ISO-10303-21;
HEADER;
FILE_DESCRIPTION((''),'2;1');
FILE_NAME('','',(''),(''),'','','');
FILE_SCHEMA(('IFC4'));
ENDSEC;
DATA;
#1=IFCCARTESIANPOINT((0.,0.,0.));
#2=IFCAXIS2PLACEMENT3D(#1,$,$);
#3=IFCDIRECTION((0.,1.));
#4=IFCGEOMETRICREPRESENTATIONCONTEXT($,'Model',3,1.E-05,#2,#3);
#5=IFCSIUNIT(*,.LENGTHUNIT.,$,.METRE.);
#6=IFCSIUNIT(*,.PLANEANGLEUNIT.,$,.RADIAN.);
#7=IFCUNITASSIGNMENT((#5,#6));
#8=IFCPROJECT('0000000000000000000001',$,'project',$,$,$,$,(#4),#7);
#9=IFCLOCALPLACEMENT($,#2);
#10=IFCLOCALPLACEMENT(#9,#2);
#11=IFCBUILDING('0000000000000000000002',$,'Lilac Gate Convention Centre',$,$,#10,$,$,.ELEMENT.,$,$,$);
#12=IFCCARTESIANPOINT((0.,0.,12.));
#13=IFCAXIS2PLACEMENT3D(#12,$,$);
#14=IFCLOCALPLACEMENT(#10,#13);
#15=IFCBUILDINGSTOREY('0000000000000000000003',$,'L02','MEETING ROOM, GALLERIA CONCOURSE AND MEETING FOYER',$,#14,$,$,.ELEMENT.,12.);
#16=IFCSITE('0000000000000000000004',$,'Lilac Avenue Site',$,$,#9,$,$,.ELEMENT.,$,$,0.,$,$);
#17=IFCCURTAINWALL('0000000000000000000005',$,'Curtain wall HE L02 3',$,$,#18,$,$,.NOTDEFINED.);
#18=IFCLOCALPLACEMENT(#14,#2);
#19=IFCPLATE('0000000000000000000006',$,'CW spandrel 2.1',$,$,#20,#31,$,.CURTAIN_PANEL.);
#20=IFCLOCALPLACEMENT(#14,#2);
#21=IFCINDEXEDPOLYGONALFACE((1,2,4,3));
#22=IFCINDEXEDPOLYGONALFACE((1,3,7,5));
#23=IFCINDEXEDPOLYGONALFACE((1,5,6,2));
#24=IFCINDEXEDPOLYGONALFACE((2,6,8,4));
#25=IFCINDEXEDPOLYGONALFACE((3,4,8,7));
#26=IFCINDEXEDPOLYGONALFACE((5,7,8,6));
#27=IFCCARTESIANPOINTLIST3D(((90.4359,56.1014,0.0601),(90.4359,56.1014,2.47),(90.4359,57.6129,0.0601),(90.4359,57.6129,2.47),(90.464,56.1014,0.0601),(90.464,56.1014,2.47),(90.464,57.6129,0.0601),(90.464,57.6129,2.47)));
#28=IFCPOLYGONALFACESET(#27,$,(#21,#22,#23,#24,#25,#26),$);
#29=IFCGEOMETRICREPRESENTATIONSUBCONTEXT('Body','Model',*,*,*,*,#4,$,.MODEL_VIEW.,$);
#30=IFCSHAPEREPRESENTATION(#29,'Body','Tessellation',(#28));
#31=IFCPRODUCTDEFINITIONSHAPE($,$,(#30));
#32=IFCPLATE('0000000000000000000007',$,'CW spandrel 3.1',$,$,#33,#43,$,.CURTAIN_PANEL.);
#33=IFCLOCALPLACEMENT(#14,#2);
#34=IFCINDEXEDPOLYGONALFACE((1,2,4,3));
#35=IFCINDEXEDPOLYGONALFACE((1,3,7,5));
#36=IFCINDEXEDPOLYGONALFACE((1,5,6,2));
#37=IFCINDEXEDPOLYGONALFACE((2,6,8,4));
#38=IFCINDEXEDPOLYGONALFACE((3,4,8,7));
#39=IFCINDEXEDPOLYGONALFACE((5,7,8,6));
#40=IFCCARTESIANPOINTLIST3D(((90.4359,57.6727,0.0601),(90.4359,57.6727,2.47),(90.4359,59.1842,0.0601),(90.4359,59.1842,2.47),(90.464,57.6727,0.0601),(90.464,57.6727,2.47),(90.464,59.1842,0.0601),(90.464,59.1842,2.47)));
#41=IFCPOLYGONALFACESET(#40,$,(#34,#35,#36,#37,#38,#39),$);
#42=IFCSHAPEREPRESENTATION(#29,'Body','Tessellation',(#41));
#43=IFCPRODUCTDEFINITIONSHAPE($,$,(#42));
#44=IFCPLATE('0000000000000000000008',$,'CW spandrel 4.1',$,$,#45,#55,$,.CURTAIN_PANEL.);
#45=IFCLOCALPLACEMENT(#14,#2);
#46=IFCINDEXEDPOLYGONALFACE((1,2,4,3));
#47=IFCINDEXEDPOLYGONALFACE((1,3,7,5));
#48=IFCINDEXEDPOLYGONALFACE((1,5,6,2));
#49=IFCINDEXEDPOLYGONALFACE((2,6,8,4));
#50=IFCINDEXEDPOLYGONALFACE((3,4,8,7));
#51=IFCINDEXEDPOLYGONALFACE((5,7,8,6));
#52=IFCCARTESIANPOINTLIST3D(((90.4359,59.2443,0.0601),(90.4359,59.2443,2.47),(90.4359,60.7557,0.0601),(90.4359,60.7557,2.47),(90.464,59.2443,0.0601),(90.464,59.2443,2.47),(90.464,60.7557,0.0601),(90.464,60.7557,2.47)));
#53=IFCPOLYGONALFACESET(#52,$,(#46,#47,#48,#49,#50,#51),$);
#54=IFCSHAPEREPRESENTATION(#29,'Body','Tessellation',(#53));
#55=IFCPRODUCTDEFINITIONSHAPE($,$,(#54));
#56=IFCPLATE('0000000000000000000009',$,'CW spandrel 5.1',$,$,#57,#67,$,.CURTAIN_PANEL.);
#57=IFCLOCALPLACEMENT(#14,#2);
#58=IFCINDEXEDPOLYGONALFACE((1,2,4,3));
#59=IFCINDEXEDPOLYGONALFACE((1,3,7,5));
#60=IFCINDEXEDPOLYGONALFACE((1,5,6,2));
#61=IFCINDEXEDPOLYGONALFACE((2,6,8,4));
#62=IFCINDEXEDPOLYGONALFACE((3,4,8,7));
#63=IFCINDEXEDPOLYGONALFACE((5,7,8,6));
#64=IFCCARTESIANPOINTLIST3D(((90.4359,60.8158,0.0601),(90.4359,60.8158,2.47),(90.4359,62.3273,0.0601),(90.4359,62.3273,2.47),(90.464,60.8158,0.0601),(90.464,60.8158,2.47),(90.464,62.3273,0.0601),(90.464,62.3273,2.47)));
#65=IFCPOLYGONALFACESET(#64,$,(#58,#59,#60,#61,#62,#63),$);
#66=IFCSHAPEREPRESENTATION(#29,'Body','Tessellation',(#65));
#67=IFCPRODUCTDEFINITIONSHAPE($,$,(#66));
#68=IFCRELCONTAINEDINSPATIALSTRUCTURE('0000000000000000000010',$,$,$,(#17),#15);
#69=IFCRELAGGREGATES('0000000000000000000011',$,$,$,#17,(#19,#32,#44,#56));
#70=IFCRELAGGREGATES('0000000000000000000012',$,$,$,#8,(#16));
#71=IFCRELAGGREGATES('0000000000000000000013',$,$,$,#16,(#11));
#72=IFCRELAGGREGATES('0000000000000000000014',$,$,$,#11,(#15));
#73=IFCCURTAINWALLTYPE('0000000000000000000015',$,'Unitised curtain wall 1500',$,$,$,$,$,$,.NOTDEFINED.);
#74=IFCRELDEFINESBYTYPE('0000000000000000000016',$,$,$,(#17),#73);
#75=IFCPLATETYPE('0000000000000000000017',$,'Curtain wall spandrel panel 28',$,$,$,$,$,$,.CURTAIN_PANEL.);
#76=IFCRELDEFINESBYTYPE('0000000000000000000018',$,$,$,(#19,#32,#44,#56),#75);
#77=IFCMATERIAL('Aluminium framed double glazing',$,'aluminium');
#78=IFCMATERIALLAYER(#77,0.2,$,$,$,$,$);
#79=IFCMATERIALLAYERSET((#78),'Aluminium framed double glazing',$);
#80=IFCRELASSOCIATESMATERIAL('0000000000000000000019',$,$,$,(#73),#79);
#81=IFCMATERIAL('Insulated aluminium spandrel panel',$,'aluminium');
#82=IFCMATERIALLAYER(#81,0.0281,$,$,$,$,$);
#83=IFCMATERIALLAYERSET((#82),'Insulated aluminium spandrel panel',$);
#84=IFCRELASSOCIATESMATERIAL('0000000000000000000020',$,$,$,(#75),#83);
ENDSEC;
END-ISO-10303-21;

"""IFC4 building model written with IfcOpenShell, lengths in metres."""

from ifc_helpers import new_model, si_unit, direction, frame, origin, origin_2d, place, context, subcontext, project, spatial, rectangle, extrude, material, layer, layer_set, type_object, element, aggregate, save


model = new_model("IFC4")

# Units and contexts
model_context = context("Model", 3, precision=1e-05, world=origin(), true_north=direction((0.0, 1.0)))
body_context = subcontext(model_context, "Body", "Model", "MODEL_VIEW")
ifc_project = project(units=[si_unit("LENGTHUNIT", "METRE"), si_unit("PLANEANGLEUNIT", "RADIAN")], contexts=[model_context])

# Site, building, storey
site_placement = place(None, origin())
site = spatial("IfcSite", under=ifc_project, at=site_placement, Name="Lilac Avenue Site", CompositionType="ELEMENT", RefElevation=0.0)
building_placement = place(site_placement, origin())
building = spatial("IfcBuilding", under=site, at=building_placement, Name="Lilac Gate Convention Centre", CompositionType="ELEMENT")
storey_placement = place(building_placement, frame((0.0, 0.0, 12.0)))
storey = spatial("IfcBuildingStorey", under=building, at=storey_placement, Name="L02", Description="MEETING ROOM, GALLERIA CONCOURSE AND MEETING FOYER", CompositionType="ELEMENT", Elevation=12.0)

# Shared definitions
ifc_material_1 = material(Name="Aluminium framed double glazing", Category="aluminium")
ifc_layer_1 = layer(ifc_material_1, 0.2)
ifc_layer_set_1 = layer_set([ifc_layer_1], Name="Aluminium framed double glazing")
curtain_wall_type = type_object("IfcCurtainWallType", Name="Unitised curtain wall 1500", PredefinedType="NOTDEFINED", material=ifc_layer_set_1)

# Curtain wall
curtain_wall_1_placement = place(storey_placement, origin())
curtain_wall_1 = element("IfcCurtainWall", 1, at=curtain_wall_1_placement, inside=storey, type_object=curtain_wall_type, Name="Curtain wall HE L02 3", PredefinedType="NOTDEFINED")

# Plates
ifc_material_2 = material(Name="Insulated aluminium spandrel panel", Category="aluminium")
ifc_layer_2 = layer(ifc_material_2, 0.0281)
ifc_layer_set_2 = layer_set([ifc_layer_2], Name="Insulated aluminium spandrel panel")
plate_type_1 = type_object("IfcPlateType", Name="Curtain wall spandrel panel 28", PredefinedType="CURTAIN_PANEL", material=ifc_layer_set_2)
plate_1_placement = place(storey_placement, frame((90.45, 56.8572, 0.0601), z_axis=(0.0, 0.0, 1.0), x_axis=(0.0, 1.0, 0.0)))
plate_1 = element("IfcPlate", 2, at=plate_1_placement, type_object=plate_type_1, Name="CW spandrel 2.1", PredefinedType="CURTAIN_PANEL", context=body_context, shape_type="SweptSolid", body=[
    extrude(rectangle(XDim=1.5115, YDim=0.0281, at=origin_2d()), origin(), (0.0, 0.0, 1.0), 2.4099),
])
plate_2_placement = place(storey_placement, frame((90.45, 58.4285, 0.0601), z_axis=(0.0, 0.0, 1.0), x_axis=(0.0, 1.0, 0.0)))
plate_2 = element("IfcPlate", 3, at=plate_2_placement, type_object=plate_type_1, Name="CW spandrel 3.1", PredefinedType="CURTAIN_PANEL", context=body_context, shape_type="SweptSolid", body=[
    extrude(rectangle(XDim=1.5115, YDim=0.0281, at=origin_2d()), origin(), (0.0, 0.0, 1.0), 2.4099),
])
plate_3_placement = place(storey_placement, frame((90.45, 60.0, 0.0601), z_axis=(0.0, 0.0, 1.0), x_axis=(0.0, 1.0, 0.0)))
plate_3 = element("IfcPlate", 4, at=plate_3_placement, type_object=plate_type_1, Name="CW spandrel 4.1", PredefinedType="CURTAIN_PANEL", context=body_context, shape_type="SweptSolid", body=[
    extrude(rectangle(XDim=1.5115, YDim=0.0281, at=origin_2d()), origin(), (0.0, 0.0, 1.0), 2.4099),
])
plate_4_placement = place(storey_placement, frame((90.45, 61.5715, 0.0601), z_axis=(0.0, 0.0, 1.0), x_axis=(0.0, 1.0, 0.0)))
plate_4 = element("IfcPlate", 5, at=plate_4_placement, type_object=plate_type_1, Name="CW spandrel 5.1", PredefinedType="CURTAIN_PANEL", context=body_context, shape_type="SweptSolid", body=[
    extrude(rectangle(XDim=1.5115, YDim=0.0281, at=origin_2d()), origin(), (0.0, 0.0, 1.0), 2.4099),
])
aggregate(curtain_wall_1, [plate_1, plate_2, plate_3, plate_4])

save(model, "model.ifc")
